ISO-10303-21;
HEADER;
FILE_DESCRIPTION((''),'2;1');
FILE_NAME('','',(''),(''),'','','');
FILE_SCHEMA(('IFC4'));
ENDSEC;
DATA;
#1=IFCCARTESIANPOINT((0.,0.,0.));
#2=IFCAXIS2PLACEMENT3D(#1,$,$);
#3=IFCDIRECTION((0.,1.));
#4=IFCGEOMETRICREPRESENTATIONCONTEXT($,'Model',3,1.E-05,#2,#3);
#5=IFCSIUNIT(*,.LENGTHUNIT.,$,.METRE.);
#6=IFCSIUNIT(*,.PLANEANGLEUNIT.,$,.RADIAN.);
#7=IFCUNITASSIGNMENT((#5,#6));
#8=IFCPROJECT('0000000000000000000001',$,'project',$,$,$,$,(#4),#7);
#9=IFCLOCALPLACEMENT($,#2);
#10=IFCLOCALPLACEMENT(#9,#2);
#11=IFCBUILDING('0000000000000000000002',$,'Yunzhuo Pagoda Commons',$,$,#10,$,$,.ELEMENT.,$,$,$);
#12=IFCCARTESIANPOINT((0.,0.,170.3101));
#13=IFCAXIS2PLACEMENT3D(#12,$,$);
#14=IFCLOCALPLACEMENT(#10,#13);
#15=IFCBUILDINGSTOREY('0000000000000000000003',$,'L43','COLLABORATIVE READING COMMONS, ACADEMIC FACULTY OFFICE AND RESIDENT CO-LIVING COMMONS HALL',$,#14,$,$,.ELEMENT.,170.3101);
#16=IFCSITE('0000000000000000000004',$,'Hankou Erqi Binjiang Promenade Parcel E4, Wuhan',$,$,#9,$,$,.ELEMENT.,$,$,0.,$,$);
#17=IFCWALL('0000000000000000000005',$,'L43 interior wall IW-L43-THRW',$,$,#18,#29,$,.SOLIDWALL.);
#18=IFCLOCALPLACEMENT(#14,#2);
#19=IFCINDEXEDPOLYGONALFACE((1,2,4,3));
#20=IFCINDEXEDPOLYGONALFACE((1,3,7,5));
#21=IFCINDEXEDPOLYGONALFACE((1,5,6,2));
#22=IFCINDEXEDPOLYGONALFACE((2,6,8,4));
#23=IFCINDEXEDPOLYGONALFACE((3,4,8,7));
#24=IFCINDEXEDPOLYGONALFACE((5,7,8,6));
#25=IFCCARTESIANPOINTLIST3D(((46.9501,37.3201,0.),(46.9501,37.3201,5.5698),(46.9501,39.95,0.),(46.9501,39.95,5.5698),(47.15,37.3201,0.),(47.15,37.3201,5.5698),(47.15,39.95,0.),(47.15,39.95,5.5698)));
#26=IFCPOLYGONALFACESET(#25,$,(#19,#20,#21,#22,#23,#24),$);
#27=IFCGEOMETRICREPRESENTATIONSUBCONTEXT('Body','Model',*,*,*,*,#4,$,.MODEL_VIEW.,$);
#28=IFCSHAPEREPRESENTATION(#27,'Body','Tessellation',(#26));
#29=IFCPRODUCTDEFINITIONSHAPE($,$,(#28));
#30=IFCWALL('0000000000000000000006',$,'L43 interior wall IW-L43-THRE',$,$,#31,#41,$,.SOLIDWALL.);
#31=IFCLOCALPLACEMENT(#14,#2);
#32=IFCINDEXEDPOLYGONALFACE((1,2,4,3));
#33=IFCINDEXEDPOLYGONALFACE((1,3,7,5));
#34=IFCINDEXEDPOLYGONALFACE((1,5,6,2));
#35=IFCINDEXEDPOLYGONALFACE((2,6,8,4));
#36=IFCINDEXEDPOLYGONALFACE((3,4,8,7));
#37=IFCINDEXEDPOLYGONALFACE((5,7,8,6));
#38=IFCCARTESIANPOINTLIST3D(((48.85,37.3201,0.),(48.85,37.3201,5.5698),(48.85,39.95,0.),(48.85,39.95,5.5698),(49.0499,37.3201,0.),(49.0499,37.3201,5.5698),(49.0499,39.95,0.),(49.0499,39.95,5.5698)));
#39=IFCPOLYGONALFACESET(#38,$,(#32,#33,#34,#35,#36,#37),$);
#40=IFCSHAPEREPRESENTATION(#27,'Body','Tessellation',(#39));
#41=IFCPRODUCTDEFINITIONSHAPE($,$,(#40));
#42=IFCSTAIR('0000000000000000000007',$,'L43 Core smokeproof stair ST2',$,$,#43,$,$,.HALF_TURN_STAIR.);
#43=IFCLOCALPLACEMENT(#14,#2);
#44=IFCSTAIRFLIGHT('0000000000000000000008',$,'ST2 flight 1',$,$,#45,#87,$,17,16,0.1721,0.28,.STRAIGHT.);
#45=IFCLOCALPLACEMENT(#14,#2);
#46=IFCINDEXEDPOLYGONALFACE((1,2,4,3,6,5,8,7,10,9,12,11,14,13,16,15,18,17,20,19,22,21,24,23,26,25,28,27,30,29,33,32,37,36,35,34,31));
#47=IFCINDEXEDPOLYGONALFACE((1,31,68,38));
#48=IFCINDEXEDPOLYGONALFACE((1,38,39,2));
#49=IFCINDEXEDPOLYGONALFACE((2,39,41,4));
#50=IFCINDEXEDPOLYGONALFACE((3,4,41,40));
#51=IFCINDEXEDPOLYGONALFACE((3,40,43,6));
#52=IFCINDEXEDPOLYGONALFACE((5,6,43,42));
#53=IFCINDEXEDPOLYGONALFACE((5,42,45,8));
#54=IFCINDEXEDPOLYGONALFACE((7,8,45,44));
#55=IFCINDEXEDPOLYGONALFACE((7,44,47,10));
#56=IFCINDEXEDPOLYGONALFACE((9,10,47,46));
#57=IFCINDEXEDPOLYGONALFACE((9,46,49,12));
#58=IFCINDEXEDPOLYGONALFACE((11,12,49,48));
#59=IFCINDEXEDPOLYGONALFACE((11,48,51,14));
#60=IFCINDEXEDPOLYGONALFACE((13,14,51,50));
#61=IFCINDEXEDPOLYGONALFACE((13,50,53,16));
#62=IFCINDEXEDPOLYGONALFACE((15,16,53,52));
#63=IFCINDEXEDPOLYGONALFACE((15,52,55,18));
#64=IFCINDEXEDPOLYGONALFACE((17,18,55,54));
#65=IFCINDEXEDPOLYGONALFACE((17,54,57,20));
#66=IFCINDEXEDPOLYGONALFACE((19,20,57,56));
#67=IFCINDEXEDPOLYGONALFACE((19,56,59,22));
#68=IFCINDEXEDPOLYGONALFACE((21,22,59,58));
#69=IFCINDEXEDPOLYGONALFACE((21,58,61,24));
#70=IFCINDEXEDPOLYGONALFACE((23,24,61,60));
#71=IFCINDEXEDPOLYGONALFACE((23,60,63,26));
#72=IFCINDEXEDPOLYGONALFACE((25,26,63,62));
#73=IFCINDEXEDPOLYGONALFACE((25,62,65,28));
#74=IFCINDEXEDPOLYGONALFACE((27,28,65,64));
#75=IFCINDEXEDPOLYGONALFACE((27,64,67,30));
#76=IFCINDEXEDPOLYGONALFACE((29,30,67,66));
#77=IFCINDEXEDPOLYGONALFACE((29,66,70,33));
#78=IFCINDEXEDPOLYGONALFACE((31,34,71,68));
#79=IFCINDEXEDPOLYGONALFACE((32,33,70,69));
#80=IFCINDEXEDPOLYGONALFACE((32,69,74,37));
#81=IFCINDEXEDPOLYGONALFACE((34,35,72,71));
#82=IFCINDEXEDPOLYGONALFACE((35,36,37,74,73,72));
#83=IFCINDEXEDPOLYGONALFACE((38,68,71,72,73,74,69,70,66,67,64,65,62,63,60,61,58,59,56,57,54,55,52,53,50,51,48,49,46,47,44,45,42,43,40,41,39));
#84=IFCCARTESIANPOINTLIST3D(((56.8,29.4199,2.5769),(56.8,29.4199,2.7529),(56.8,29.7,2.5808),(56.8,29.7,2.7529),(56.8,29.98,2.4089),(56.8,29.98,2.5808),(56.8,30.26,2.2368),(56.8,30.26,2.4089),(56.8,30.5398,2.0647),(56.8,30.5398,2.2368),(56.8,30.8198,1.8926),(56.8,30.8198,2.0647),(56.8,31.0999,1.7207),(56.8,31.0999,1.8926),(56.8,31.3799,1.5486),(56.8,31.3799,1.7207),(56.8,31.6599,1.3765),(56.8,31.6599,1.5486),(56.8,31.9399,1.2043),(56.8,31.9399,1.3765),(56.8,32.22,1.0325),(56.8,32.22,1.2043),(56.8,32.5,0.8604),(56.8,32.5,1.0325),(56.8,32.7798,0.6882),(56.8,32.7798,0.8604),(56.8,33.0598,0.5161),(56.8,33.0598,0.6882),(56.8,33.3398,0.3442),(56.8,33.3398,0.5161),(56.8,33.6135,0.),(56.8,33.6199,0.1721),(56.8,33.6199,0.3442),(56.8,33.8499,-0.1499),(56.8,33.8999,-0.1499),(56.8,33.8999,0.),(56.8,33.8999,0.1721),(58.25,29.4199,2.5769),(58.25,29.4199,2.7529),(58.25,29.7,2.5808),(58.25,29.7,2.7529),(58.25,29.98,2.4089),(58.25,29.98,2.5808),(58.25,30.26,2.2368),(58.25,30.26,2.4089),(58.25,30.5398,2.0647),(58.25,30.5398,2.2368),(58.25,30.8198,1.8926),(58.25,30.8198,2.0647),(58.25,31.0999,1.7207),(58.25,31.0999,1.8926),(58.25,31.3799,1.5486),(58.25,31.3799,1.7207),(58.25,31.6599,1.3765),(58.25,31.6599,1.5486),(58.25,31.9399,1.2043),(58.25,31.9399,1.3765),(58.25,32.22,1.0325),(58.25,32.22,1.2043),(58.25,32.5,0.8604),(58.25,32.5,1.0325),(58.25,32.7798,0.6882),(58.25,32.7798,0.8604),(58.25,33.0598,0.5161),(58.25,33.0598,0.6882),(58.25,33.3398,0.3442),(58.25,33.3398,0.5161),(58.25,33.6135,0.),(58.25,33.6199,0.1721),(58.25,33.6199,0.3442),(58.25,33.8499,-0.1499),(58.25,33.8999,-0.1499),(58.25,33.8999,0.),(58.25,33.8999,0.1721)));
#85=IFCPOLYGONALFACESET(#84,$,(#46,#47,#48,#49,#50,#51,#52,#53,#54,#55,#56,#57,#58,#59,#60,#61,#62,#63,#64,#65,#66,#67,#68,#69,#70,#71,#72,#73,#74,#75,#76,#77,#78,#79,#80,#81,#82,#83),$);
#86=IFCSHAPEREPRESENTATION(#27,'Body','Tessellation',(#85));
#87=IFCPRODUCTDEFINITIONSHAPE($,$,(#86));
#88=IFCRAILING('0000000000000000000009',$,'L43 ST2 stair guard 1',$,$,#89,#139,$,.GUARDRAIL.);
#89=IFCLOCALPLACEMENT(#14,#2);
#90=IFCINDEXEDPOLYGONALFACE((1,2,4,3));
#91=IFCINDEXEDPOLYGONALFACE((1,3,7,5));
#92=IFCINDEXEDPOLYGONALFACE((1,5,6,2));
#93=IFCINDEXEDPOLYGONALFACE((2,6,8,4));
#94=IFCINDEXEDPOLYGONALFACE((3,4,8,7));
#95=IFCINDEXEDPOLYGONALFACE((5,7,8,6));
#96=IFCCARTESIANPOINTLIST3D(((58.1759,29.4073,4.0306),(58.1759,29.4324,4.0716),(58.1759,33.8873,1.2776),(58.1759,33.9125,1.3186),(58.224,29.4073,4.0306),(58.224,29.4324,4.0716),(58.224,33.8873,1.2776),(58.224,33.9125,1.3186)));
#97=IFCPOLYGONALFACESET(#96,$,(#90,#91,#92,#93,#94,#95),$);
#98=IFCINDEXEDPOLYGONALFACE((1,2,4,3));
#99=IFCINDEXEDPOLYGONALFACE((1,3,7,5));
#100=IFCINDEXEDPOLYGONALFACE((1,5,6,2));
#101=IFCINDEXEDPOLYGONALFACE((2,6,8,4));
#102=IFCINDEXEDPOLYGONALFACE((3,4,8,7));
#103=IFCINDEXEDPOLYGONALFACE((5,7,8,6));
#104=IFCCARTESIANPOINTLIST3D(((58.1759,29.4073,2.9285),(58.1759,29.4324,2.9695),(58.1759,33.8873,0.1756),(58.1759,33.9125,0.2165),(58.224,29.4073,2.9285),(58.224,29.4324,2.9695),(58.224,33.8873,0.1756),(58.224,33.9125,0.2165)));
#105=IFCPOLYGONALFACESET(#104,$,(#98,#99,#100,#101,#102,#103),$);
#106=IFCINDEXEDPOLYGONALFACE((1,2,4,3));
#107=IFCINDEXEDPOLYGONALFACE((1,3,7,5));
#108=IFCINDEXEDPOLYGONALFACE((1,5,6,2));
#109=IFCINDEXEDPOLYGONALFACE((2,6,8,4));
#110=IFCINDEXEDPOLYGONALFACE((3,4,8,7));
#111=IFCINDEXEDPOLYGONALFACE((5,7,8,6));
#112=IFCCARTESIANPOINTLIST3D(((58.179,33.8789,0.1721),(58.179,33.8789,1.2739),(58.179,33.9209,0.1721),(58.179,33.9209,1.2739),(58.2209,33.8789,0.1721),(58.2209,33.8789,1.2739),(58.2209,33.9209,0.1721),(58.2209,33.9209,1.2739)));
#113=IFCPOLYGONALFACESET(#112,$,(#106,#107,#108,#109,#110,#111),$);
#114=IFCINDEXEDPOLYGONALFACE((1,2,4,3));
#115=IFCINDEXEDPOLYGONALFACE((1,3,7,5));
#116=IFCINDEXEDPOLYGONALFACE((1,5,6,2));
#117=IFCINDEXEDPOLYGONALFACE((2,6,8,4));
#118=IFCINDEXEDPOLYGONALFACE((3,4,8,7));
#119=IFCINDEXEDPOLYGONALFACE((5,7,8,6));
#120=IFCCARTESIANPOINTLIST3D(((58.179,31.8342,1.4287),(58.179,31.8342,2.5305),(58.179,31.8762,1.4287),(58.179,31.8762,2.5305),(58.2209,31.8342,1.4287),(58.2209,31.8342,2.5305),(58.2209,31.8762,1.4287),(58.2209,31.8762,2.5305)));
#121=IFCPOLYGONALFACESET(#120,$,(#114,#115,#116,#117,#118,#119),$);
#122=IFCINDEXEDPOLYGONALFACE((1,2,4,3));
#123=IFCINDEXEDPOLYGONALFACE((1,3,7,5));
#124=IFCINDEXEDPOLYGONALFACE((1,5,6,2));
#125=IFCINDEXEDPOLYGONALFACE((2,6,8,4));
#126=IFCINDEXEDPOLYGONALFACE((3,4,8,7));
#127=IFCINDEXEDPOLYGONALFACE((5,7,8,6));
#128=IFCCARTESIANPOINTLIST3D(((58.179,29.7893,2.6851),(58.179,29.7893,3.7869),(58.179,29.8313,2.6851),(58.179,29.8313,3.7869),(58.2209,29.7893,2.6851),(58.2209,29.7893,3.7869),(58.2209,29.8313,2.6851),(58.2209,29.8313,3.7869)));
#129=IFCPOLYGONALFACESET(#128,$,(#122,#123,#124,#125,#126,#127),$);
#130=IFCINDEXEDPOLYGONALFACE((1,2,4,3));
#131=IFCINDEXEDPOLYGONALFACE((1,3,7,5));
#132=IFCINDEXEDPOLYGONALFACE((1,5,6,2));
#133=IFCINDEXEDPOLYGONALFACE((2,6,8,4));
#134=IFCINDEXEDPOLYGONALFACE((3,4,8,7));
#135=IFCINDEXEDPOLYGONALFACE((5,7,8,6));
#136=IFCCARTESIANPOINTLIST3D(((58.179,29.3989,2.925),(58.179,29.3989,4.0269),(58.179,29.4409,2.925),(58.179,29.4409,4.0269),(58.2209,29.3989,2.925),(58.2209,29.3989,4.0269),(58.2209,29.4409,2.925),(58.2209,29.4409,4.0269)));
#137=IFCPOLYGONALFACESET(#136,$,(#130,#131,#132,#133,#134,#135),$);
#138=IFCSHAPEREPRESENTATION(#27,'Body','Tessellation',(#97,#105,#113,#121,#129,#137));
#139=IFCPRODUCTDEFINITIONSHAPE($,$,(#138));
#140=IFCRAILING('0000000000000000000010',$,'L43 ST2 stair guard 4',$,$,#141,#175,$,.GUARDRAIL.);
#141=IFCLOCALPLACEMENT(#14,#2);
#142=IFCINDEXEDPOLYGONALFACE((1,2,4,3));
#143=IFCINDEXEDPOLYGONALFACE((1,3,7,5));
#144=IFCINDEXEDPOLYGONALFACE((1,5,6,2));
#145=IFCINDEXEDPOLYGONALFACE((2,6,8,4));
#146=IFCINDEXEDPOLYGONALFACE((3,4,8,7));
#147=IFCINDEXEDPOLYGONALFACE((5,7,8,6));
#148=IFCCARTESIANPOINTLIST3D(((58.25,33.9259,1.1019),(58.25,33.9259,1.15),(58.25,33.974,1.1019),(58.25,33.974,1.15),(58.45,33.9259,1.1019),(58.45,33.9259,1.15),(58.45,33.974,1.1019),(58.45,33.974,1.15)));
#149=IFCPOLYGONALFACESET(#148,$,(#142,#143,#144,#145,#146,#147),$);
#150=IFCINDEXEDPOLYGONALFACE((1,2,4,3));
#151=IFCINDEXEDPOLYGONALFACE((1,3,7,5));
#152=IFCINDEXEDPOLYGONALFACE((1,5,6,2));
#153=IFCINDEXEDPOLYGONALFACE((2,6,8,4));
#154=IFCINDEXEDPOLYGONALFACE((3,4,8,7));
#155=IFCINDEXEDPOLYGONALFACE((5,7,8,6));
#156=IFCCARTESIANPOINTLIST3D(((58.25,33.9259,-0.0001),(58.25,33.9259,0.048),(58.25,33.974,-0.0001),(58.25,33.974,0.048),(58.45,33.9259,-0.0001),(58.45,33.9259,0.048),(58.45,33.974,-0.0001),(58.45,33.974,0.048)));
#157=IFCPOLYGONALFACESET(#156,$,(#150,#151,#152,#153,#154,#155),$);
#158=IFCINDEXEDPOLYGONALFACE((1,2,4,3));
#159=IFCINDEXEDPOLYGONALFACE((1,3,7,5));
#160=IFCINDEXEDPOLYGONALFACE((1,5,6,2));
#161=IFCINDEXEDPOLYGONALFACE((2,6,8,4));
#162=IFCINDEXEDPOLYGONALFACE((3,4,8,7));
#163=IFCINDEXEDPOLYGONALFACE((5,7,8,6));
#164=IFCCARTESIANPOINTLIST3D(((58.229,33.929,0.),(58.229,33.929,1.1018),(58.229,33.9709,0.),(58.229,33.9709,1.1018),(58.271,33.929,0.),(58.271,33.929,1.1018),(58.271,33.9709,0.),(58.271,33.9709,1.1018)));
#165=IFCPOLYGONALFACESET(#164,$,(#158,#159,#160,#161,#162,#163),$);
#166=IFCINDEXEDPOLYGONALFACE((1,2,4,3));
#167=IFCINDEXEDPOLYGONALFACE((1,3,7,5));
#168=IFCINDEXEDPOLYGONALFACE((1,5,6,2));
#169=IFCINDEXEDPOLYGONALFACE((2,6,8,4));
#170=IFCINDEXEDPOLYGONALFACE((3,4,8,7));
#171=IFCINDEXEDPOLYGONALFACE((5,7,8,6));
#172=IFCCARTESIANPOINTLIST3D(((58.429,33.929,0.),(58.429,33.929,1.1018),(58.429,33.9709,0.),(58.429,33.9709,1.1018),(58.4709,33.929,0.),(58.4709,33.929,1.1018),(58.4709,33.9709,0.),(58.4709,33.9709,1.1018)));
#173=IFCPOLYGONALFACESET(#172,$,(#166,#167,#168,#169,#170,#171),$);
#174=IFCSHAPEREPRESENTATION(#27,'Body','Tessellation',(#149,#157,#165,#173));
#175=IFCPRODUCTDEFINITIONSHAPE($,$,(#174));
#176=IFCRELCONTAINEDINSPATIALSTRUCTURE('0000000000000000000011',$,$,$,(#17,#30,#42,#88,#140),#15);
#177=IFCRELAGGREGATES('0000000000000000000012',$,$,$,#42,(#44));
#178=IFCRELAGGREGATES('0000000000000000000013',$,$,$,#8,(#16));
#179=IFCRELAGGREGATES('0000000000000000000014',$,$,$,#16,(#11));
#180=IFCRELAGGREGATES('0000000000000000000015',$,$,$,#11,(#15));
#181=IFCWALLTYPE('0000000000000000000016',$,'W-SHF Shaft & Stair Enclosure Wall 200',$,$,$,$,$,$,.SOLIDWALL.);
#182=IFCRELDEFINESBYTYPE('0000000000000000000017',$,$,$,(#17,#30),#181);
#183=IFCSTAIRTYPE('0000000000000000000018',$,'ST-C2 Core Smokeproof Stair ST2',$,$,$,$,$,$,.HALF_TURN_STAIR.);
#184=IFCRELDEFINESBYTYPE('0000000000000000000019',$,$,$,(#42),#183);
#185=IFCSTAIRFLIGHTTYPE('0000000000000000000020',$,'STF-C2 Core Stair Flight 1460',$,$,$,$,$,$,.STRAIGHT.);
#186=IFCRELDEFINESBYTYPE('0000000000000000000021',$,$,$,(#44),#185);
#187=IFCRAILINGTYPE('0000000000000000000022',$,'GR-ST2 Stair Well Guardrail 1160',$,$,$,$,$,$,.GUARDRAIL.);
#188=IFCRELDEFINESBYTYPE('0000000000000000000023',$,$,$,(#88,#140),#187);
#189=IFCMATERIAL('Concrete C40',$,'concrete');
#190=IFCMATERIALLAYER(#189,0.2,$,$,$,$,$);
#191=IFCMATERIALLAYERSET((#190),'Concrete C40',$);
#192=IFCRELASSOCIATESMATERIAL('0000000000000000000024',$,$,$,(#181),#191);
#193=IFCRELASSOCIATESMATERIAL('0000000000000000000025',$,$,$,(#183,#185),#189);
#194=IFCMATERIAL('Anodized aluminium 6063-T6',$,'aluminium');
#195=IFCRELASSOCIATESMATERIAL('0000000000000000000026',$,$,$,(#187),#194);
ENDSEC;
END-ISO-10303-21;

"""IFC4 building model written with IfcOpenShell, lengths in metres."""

from ifc_helpers import new_model, si_unit, direction, frame, frame_2d, origin, origin_2d, place, context, subcontext, project, spatial, polyline, rectangle, outline, extrude, source, transform, mapped, material, layer, layer_set, type_object, element, aggregate, save


model = new_model("IFC4")

# Units and contexts
model_context = context("Model", 3, precision=1e-05, world=origin(), true_north=direction((0.0, 1.0)))
body_context = subcontext(model_context, "Body", "Model", "MODEL_VIEW")
ifc_project = project(units=[si_unit("LENGTHUNIT", "METRE"), si_unit("PLANEANGLEUNIT", "RADIAN")], contexts=[model_context])

# Site, building, storey
site_placement = place(None, origin())
site = spatial("IfcSite", under=ifc_project, at=site_placement, Name="Hankou Erqi Binjiang Promenade Parcel E4, Wuhan", CompositionType="ELEMENT", RefElevation=0.0)
building_placement = place(site_placement, origin())
building = spatial("IfcBuilding", under=site, at=building_placement, Name="Yunzhuo Pagoda Commons", CompositionType="ELEMENT")
storey_placement = place(building_placement, frame((0.0, 0.0, 170.3101)))
storey = spatial("IfcBuildingStorey", under=building, at=storey_placement, Name="L43", Description="COLLABORATIVE READING COMMONS, ACADEMIC FACULTY OFFICE AND RESIDENT CO-LIVING COMMONS HALL", CompositionType="ELEMENT", Elevation=170.3101)

# Shared definitions
ifc_material_1 = material(Name="Concrete C40", Category="concrete")
ifc_layer_1 = layer(ifc_material_1, 0.2)
ifc_layer_set_1 = layer_set([ifc_layer_1], Name="Concrete C40")
wall_type_1 = type_object("IfcWallType", Name="W-SHF Shaft & Stair Enclosure Wall 200", PredefinedType="SOLIDWALL", material=ifc_layer_set_1)

# Walls
for number, where, z_axis, x_axis, name in (
    (1, (47.05, 37.3201, 0.0), (0.0, 0.0, 1.0), (0.0, 1.0, 0.0), "L43 interior wall IW-L43-THRW"),
    (2, (48.95, 37.3201, 0.0), (0.0, 0.0, 1.0), (0.0, 1.0, 0.0), "L43 interior wall IW-L43-THRE"),
):
    element("IfcWall", number, at=place(storey_placement, frame(where, z_axis=z_axis, x_axis=x_axis)), inside=storey, type_object=wall_type_1, Name=name, PredefinedType="SOLIDWALL", context=body_context, shape_type="SweptSolid", body=[
        extrude(rectangle(XDim=2.6299, YDim=0.2, at=frame_2d((1.3149, 0.0))), origin(), (0.0, 0.0, 1.0), 5.5698),
    ])

# Stair, stair flight
stair_type = type_object("IfcStairType", Name="ST-C2 Core Smokeproof Stair ST2", PredefinedType="HALF_TURN_STAIR", material=ifc_material_1)
stair_placement = place(storey_placement, origin())
stair = element("IfcStair", 3, at=stair_placement, inside=storey, type_object=stair_type, Name="L43 Core smokeproof stair ST2", PredefinedType="HALF_TURN_STAIR")
stair_flight_type = type_object("IfcStairFlightType", Name="STF-C2 Core Stair Flight 1460", PredefinedType="STRAIGHT", material=ifc_material_1)
shared_shape_1 = source(origin(), body_context, "Body", "SweptSolid", [
    extrude(outline(polyline([(0.0, -0.1499), (0.0, 0.0), (0.0, 0.1721), (0.28, 0.1721), (0.28, 0.3442), (0.5601, 0.3442), (0.5601, 0.5161), (0.8401, 0.5161), (0.8401, 0.6882), (1.1201, 0.6882), (1.1201, 0.8604), (1.3999, 0.8604), (1.3999, 1.0325), (1.6799, 1.0325), (1.6799, 1.2043), (1.96, 1.2043), (1.96, 1.3765), (2.24, 1.3765), (2.24, 1.5486), (2.52, 1.5486), (2.52, 1.7207), (2.8, 1.7207), (2.8, 1.8926), (3.0801, 1.8926), (3.0801, 2.0647), (3.3601, 2.0647), (3.3601, 2.2368), (3.6399, 2.2368), (3.6399, 2.4089), (3.9199, 2.4089), (3.9199, 2.5808), (4.2, 2.5808), (4.2, 2.7529), (4.48, 2.7529), (4.48, 2.925), (4.48, 2.5769), (0.2864, 0.0), (0.05, -0.1499), (0.0, -0.1499)])), frame((0.0, 0.7251, 0.0), z_axis=(0.0, -1.0, 0.0), x_axis=(1.0, 0.0, 0.0)), (0.0, 0.0, 1.0), 1.45),
])
stair_flight_placement = place(storey_placement, frame((57.5249, 33.8999, 0.0), z_axis=(0.0, 0.0, 1.0), x_axis=(0.0, -1.0, 0.0)))
stair_flight = element("IfcStairFlight", 4, at=stair_flight_placement, type_object=stair_flight_type, Name="ST2 flight 1", NumberOfRisers=17, NumberOfTreads=16, PredefinedType="STRAIGHT", RiserHeight=0.1721, TreadLength=0.28, context=body_context, shape_type="MappedRepresentation", body=[
    mapped(shared_shape_1, transform((0.0, 0.0, 0.0), scale=1.0)),
])
aggregate(stair, [stair_flight])

# Railings
ifc_material_2 = material(Name="Anodized aluminium 6063-T6", Category="aluminium")
railing_type_1 = type_object("IfcRailingType", Name="GR-ST2 Stair Well Guardrail 1160", PredefinedType="GUARDRAIL", material=ifc_material_2)
railing_1_placement = place(storey_placement, frame((58.2, 33.8999, 0.1721)))
element("IfcRailing", 5, at=railing_1_placement, inside=storey, type_object=railing_type_1, Name="L43 ST2 stair guard 1", PredefinedType="GUARDRAIL", context=body_context, shape_type="SweptSolid", body=[
    extrude(rectangle(XDim=0.0481, YDim=0.0481, at=origin_2d()), frame((0.0, 0.0, 1.126), z_axis=(0.0, -0.851996, 0.523548), x_axis=(1.0, 0.0, 0.0)), (0.0, 0.0, 1.0), 5.2583),
    extrude(rectangle(XDim=0.0481, YDim=0.0481, at=origin_2d()), frame((0.0, 0.0, 0.0239), z_axis=(0.0, -0.851996, 0.523548), x_axis=(1.0, 0.0, 0.0)), (0.0, 0.0, 1.0), 5.2583),
    extrude(rectangle(XDim=0.042, YDim=0.042, at=origin_2d()), origin(), (0.0, 0.0, 1.0), 1.1018),
    extrude(rectangle(XDim=0.042, YDim=0.042, at=origin_2d()), frame((0.0, -2.0447, 1.2566)), (0.0, 0.0, 1.0), 1.1018),
    extrude(rectangle(XDim=0.042, YDim=0.042, at=origin_2d()), frame((0.0, -4.0896, 2.5129)), (0.0, 0.0, 1.0), 1.1018),
    extrude(rectangle(XDim=0.042, YDim=0.042, at=origin_2d()), frame((0.0, -4.48, 2.7529)), (0.0, 0.0, 1.0), 1.1018),
])
railing_2_placement = place(storey_placement, frame((58.25, 33.95, 0.0)))
element("IfcRailing", 6, at=railing_2_placement, inside=storey, type_object=railing_type_1, Name="L43 ST2 stair guard 4", PredefinedType="GUARDRAIL", context=body_context, shape_type="SweptSolid", body=[
    extrude(rectangle(XDim=0.0481, YDim=0.0481, at=origin_2d()), frame((0.0, 0.0, 1.126), z_axis=(1.0, 0.0, 0.0), x_axis=(0.0, 1.0, 0.0)), (0.0, 0.0, 1.0), 0.2),
    extrude(rectangle(XDim=0.0481, YDim=0.0481, at=origin_2d()), frame((0.0, 0.0, 0.0239), z_axis=(1.0, 0.0, 0.0), x_axis=(0.0, 1.0, 0.0)), (0.0, 0.0, 1.0), 0.2),
    extrude(rectangle(XDim=0.042, YDim=0.042, at=origin_2d()), origin(), (0.0, 0.0, 1.0), 1.1018),
    extrude(rectangle(XDim=0.042, YDim=0.042, at=origin_2d()), frame((0.2, 0.0, 0.0)), (0.0, 0.0, 1.0), 1.1018),
])

save(model, "model.ifc")
